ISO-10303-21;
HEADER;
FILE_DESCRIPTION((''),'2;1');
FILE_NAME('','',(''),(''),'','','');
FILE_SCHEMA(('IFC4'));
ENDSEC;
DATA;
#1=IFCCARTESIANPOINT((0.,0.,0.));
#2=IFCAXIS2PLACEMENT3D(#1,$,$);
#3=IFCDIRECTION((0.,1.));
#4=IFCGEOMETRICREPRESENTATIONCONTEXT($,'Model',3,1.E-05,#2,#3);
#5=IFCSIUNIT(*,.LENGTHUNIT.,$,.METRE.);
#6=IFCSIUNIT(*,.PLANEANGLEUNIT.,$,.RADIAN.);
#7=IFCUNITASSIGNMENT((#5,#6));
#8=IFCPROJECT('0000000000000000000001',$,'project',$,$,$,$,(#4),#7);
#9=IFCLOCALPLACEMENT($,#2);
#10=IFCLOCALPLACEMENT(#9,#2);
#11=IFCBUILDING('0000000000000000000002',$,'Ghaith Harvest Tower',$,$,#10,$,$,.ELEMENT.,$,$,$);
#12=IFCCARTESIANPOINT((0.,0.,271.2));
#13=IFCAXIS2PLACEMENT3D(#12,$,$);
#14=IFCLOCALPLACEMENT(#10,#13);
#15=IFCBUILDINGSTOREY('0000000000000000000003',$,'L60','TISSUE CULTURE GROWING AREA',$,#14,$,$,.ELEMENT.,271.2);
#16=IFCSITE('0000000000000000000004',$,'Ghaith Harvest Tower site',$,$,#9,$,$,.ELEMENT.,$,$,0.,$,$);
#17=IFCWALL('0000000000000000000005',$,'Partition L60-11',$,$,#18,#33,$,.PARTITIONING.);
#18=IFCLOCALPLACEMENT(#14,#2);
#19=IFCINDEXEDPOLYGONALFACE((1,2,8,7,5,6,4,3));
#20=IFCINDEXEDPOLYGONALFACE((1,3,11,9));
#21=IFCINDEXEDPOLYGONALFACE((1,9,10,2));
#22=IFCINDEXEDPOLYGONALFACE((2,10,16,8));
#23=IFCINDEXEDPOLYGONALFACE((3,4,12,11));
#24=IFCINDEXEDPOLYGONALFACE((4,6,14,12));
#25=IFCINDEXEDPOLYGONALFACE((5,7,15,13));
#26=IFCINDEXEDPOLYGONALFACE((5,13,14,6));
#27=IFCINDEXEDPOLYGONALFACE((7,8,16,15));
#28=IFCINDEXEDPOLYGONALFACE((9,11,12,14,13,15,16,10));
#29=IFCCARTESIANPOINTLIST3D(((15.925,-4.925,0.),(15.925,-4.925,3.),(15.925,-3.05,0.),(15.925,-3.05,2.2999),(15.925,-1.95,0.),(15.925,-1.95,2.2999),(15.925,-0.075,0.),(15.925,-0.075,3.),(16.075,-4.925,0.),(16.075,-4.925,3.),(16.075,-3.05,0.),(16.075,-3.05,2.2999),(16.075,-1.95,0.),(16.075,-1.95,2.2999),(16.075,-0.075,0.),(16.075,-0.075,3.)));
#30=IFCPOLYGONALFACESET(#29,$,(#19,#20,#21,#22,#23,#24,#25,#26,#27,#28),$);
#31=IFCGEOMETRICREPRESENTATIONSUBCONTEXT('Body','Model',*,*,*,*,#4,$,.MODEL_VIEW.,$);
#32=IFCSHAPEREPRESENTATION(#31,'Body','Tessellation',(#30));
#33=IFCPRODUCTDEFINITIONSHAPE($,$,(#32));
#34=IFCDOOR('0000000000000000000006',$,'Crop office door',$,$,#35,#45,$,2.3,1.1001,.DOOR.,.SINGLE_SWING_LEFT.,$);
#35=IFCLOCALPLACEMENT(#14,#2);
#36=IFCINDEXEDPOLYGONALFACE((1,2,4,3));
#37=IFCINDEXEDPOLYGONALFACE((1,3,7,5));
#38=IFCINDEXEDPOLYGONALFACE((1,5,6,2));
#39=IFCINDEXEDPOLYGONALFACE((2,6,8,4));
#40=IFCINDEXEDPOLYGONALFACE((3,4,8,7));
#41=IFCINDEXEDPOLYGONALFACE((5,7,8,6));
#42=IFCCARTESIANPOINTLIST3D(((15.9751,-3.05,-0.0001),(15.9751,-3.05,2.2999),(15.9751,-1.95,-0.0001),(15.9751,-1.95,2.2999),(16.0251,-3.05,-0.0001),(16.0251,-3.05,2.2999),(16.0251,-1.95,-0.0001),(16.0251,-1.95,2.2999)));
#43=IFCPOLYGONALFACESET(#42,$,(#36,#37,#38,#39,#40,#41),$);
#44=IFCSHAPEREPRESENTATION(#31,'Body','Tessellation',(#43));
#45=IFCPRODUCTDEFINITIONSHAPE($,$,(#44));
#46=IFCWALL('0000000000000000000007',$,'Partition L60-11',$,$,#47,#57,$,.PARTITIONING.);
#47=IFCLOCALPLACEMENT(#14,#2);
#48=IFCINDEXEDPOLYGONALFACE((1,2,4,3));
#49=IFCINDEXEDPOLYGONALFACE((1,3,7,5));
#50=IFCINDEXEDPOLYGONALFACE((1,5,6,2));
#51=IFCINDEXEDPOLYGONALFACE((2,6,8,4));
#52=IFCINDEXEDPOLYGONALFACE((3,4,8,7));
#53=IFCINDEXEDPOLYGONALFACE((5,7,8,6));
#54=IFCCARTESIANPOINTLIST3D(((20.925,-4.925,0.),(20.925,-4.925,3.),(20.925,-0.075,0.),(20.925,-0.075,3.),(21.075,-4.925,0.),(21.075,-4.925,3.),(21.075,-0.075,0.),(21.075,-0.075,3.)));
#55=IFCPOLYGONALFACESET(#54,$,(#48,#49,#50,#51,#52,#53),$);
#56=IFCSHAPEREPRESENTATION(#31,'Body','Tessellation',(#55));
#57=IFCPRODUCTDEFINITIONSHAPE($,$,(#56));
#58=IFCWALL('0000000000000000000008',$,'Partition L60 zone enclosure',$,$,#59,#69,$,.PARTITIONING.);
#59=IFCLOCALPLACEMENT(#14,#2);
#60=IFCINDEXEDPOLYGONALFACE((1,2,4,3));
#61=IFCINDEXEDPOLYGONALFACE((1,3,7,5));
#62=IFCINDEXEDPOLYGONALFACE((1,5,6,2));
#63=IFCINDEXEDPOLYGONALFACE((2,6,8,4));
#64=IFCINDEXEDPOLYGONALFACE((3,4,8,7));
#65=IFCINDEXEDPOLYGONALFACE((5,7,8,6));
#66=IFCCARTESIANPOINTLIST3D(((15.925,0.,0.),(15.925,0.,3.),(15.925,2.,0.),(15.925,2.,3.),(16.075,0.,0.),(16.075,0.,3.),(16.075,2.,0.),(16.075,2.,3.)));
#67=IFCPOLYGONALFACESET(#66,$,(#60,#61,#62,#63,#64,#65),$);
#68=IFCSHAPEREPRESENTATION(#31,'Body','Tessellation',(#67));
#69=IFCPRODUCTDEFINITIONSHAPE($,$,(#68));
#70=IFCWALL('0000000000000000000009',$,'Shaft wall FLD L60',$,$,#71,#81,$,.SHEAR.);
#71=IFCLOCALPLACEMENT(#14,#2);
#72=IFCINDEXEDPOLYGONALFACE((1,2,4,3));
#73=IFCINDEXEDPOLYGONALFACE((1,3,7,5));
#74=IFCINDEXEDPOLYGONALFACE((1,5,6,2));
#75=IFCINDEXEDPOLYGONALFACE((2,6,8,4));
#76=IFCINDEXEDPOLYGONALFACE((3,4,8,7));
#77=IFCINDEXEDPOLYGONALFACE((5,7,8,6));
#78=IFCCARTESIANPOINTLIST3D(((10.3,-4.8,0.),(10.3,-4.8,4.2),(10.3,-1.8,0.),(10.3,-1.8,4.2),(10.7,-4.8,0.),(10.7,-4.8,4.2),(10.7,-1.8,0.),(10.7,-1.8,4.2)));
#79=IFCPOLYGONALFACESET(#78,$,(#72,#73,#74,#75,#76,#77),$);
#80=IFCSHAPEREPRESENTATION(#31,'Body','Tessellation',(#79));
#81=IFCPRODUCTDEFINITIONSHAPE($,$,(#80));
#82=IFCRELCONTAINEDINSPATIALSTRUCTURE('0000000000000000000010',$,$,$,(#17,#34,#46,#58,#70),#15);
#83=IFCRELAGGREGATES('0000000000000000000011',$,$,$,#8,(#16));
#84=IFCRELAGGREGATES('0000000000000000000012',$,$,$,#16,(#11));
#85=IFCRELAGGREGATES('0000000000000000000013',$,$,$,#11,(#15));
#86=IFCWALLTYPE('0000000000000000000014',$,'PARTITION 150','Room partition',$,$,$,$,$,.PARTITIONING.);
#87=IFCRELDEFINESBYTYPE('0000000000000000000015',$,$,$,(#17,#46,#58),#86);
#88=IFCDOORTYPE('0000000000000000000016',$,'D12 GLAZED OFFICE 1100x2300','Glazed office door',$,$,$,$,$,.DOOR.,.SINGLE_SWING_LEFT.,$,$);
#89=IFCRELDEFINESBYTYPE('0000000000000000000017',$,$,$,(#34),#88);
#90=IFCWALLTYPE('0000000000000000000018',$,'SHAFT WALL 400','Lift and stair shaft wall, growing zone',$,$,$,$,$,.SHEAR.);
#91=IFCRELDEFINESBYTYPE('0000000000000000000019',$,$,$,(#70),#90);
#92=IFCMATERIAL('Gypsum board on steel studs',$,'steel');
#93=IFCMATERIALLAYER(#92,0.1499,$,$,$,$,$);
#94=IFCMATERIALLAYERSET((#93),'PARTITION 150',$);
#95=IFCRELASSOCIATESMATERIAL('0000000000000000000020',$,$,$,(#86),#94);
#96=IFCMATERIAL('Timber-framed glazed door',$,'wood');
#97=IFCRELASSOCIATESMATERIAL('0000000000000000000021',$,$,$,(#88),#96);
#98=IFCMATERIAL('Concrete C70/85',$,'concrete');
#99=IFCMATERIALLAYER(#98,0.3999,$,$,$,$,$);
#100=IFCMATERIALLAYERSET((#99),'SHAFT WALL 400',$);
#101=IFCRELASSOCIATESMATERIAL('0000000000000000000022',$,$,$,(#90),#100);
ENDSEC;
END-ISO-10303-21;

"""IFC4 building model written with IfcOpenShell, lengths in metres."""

from ifc_helpers import new_model, si_unit, direction, frame, frame_2d, origin, place, context, subcontext, project, spatial, rectangle, extrude, material, layer, layer_set, type_object, element, fill, save


model = new_model("IFC4")

# Units and contexts
model_context = context("Model", 3, precision=1e-05, world=origin(), true_north=direction((0.0, 1.0)))
body_context = subcontext(model_context, "Body", "Model", "MODEL_VIEW")
ifc_project = project(units=[si_unit("LENGTHUNIT", "METRE"), si_unit("PLANEANGLEUNIT", "RADIAN")], contexts=[model_context])

# Site, building, storey
site_placement = place(None, origin())
site = spatial("IfcSite", under=ifc_project, at=site_placement, Name="Ghaith Harvest Tower site", CompositionType="ELEMENT", RefElevation=0.0)
building_placement = place(site_placement, origin())
building = spatial("IfcBuilding", under=site, at=building_placement, Name="Ghaith Harvest Tower", CompositionType="ELEMENT")
storey_placement = place(building_placement, frame((0.0, 0.0, 271.2)))
storey = spatial("IfcBuildingStorey", under=building, at=storey_placement, Name="L60", Description="TISSUE CULTURE GROWING AREA", CompositionType="ELEMENT", Elevation=271.2)

# Shared definitions
ifc_material_1 = material(Name="Gypsum board on steel studs", Category="steel")
ifc_layer_1 = layer(ifc_material_1, 0.1499)
ifc_layer_set_1 = layer_set([ifc_layer_1], Name="PARTITION 150")
wall_type_1 = type_object("IfcWallType", Name="PARTITION 150", Description="Room partition", PredefinedType="PARTITIONING", material=ifc_layer_set_1)

# Wall, opening, door
wall_1_placement = place(storey_placement, frame((16.0, -4.925, 0.0), z_axis=(0.0, 0.0, 1.0), x_axis=(0.0, 1.0, 0.0)))
wall_1 = element("IfcWall", 1, at=wall_1_placement, inside=storey, type_object=wall_type_1, Name="Partition L60-11", PredefinedType="PARTITIONING", context=body_context, shape_type="SweptSolid", body=[
    extrude(rectangle(XDim=4.8501, YDim=0.1499, at=frame_2d((2.425, 0.0))), origin(), (0.0, 0.0, 1.0), 3.0),
])
opening_1_placement = place(wall_1_placement, frame((1.875, 0.0, 0.0)))
opening_1 = element("IfcOpeningElement", 2, at=opening_1_placement, cuts=wall_1, PredefinedType="OPENING", context=body_context, shape_type="SweptSolid", body=[
    extrude(rectangle(XDim=1.1001, YDim=2.3, at=frame_2d((0.55, 1.1499))), frame((0.0, 0.085, 0.0), z_axis=(0.0, -1.0, 0.0), x_axis=(1.0, 0.0, 0.0)), (0.0, 0.0, 1.0), 0.1699),
])
ifc_material_2 = material(Name="Timber-framed glazed door", Category="wood")
door_type_1 = type_object("IfcDoorType", Name="D12 GLAZED OFFICE 1100x2300", Description="Glazed office door", OperationType="SINGLE_SWING_LEFT", PredefinedType="DOOR", material=ifc_material_2)
door_1_placement = place(opening_1_placement, origin())
door_1 = element("IfcDoor", 3, at=door_1_placement, inside=storey, type_object=door_type_1, Name="Crop office door", OperationType="SINGLE_SWING_LEFT", OverallHeight=2.3, OverallWidth=1.1001, PredefinedType="DOOR", context=body_context, shape_type="SweptSolid", body=[
    extrude(rectangle(XDim=1.1001, YDim=2.3, at=frame_2d((0.55, 1.1499))), frame((0.0, 0.0249, 0.0), z_axis=(0.0, -1.0, 0.0), x_axis=(1.0, 0.0, 0.0)), (0.0, 0.0, 1.0), 0.05),
])
fill(opening_1, door_1)

# Walls
wall_2_placement = place(storey_placement, frame((21.0, -4.925, 0.0), z_axis=(0.0, 0.0, 1.0), x_axis=(0.0, 1.0, 0.0)))
element("IfcWall", 4, at=wall_2_placement, inside=storey, type_object=wall_type_1, Name="Partition L60-11", PredefinedType="PARTITIONING", context=body_context, shape_type="SweptSolid", body=[
    extrude(rectangle(XDim=4.8501, YDim=0.1499, at=frame_2d((2.425, 0.0))), origin(), (0.0, 0.0, 1.0), 3.0),
])
wall_3_placement = place(storey_placement, frame((16.0, 0.0, 0.0), z_axis=(0.0, 0.0, 1.0), x_axis=(0.0, 1.0, 0.0)))
element("IfcWall", 5, at=wall_3_placement, inside=storey, type_object=wall_type_1, Name="Partition L60 zone enclosure", PredefinedType="PARTITIONING", context=body_context, shape_type="SweptSolid", body=[
    extrude(rectangle(XDim=2.0, YDim=0.1499, at=frame_2d((1.0, 0.0))), origin(), (0.0, 0.0, 1.0), 3.0),
])
ifc_material_3 = material(Name="Concrete C70/85", Category="concrete")
ifc_layer_2 = layer(ifc_material_3, 0.3999)
ifc_layer_set_2 = layer_set([ifc_layer_2], Name="SHAFT WALL 400")
wall_type_2 = type_object("IfcWallType", Name="SHAFT WALL 400", Description="Lift and stair shaft wall, growing zone", PredefinedType="SHEAR", material=ifc_layer_set_2)
wall_4_placement = place(storey_placement, frame((10.5, -4.8, 0.0), z_axis=(0.0, 0.0, 1.0), x_axis=(0.0, 1.0, 0.0)))
element("IfcWall", 6, at=wall_4_placement, inside=storey, type_object=wall_type_2, Name="Shaft wall FLD L60", PredefinedType="SHEAR", context=body_context, shape_type="SweptSolid", body=[
    extrude(rectangle(XDim=3.0, YDim=0.3999, at=frame_2d((1.5, 0.0))), origin(), (0.0, 0.0, 1.0), 4.2),
])

save(model, "model.ifc")
